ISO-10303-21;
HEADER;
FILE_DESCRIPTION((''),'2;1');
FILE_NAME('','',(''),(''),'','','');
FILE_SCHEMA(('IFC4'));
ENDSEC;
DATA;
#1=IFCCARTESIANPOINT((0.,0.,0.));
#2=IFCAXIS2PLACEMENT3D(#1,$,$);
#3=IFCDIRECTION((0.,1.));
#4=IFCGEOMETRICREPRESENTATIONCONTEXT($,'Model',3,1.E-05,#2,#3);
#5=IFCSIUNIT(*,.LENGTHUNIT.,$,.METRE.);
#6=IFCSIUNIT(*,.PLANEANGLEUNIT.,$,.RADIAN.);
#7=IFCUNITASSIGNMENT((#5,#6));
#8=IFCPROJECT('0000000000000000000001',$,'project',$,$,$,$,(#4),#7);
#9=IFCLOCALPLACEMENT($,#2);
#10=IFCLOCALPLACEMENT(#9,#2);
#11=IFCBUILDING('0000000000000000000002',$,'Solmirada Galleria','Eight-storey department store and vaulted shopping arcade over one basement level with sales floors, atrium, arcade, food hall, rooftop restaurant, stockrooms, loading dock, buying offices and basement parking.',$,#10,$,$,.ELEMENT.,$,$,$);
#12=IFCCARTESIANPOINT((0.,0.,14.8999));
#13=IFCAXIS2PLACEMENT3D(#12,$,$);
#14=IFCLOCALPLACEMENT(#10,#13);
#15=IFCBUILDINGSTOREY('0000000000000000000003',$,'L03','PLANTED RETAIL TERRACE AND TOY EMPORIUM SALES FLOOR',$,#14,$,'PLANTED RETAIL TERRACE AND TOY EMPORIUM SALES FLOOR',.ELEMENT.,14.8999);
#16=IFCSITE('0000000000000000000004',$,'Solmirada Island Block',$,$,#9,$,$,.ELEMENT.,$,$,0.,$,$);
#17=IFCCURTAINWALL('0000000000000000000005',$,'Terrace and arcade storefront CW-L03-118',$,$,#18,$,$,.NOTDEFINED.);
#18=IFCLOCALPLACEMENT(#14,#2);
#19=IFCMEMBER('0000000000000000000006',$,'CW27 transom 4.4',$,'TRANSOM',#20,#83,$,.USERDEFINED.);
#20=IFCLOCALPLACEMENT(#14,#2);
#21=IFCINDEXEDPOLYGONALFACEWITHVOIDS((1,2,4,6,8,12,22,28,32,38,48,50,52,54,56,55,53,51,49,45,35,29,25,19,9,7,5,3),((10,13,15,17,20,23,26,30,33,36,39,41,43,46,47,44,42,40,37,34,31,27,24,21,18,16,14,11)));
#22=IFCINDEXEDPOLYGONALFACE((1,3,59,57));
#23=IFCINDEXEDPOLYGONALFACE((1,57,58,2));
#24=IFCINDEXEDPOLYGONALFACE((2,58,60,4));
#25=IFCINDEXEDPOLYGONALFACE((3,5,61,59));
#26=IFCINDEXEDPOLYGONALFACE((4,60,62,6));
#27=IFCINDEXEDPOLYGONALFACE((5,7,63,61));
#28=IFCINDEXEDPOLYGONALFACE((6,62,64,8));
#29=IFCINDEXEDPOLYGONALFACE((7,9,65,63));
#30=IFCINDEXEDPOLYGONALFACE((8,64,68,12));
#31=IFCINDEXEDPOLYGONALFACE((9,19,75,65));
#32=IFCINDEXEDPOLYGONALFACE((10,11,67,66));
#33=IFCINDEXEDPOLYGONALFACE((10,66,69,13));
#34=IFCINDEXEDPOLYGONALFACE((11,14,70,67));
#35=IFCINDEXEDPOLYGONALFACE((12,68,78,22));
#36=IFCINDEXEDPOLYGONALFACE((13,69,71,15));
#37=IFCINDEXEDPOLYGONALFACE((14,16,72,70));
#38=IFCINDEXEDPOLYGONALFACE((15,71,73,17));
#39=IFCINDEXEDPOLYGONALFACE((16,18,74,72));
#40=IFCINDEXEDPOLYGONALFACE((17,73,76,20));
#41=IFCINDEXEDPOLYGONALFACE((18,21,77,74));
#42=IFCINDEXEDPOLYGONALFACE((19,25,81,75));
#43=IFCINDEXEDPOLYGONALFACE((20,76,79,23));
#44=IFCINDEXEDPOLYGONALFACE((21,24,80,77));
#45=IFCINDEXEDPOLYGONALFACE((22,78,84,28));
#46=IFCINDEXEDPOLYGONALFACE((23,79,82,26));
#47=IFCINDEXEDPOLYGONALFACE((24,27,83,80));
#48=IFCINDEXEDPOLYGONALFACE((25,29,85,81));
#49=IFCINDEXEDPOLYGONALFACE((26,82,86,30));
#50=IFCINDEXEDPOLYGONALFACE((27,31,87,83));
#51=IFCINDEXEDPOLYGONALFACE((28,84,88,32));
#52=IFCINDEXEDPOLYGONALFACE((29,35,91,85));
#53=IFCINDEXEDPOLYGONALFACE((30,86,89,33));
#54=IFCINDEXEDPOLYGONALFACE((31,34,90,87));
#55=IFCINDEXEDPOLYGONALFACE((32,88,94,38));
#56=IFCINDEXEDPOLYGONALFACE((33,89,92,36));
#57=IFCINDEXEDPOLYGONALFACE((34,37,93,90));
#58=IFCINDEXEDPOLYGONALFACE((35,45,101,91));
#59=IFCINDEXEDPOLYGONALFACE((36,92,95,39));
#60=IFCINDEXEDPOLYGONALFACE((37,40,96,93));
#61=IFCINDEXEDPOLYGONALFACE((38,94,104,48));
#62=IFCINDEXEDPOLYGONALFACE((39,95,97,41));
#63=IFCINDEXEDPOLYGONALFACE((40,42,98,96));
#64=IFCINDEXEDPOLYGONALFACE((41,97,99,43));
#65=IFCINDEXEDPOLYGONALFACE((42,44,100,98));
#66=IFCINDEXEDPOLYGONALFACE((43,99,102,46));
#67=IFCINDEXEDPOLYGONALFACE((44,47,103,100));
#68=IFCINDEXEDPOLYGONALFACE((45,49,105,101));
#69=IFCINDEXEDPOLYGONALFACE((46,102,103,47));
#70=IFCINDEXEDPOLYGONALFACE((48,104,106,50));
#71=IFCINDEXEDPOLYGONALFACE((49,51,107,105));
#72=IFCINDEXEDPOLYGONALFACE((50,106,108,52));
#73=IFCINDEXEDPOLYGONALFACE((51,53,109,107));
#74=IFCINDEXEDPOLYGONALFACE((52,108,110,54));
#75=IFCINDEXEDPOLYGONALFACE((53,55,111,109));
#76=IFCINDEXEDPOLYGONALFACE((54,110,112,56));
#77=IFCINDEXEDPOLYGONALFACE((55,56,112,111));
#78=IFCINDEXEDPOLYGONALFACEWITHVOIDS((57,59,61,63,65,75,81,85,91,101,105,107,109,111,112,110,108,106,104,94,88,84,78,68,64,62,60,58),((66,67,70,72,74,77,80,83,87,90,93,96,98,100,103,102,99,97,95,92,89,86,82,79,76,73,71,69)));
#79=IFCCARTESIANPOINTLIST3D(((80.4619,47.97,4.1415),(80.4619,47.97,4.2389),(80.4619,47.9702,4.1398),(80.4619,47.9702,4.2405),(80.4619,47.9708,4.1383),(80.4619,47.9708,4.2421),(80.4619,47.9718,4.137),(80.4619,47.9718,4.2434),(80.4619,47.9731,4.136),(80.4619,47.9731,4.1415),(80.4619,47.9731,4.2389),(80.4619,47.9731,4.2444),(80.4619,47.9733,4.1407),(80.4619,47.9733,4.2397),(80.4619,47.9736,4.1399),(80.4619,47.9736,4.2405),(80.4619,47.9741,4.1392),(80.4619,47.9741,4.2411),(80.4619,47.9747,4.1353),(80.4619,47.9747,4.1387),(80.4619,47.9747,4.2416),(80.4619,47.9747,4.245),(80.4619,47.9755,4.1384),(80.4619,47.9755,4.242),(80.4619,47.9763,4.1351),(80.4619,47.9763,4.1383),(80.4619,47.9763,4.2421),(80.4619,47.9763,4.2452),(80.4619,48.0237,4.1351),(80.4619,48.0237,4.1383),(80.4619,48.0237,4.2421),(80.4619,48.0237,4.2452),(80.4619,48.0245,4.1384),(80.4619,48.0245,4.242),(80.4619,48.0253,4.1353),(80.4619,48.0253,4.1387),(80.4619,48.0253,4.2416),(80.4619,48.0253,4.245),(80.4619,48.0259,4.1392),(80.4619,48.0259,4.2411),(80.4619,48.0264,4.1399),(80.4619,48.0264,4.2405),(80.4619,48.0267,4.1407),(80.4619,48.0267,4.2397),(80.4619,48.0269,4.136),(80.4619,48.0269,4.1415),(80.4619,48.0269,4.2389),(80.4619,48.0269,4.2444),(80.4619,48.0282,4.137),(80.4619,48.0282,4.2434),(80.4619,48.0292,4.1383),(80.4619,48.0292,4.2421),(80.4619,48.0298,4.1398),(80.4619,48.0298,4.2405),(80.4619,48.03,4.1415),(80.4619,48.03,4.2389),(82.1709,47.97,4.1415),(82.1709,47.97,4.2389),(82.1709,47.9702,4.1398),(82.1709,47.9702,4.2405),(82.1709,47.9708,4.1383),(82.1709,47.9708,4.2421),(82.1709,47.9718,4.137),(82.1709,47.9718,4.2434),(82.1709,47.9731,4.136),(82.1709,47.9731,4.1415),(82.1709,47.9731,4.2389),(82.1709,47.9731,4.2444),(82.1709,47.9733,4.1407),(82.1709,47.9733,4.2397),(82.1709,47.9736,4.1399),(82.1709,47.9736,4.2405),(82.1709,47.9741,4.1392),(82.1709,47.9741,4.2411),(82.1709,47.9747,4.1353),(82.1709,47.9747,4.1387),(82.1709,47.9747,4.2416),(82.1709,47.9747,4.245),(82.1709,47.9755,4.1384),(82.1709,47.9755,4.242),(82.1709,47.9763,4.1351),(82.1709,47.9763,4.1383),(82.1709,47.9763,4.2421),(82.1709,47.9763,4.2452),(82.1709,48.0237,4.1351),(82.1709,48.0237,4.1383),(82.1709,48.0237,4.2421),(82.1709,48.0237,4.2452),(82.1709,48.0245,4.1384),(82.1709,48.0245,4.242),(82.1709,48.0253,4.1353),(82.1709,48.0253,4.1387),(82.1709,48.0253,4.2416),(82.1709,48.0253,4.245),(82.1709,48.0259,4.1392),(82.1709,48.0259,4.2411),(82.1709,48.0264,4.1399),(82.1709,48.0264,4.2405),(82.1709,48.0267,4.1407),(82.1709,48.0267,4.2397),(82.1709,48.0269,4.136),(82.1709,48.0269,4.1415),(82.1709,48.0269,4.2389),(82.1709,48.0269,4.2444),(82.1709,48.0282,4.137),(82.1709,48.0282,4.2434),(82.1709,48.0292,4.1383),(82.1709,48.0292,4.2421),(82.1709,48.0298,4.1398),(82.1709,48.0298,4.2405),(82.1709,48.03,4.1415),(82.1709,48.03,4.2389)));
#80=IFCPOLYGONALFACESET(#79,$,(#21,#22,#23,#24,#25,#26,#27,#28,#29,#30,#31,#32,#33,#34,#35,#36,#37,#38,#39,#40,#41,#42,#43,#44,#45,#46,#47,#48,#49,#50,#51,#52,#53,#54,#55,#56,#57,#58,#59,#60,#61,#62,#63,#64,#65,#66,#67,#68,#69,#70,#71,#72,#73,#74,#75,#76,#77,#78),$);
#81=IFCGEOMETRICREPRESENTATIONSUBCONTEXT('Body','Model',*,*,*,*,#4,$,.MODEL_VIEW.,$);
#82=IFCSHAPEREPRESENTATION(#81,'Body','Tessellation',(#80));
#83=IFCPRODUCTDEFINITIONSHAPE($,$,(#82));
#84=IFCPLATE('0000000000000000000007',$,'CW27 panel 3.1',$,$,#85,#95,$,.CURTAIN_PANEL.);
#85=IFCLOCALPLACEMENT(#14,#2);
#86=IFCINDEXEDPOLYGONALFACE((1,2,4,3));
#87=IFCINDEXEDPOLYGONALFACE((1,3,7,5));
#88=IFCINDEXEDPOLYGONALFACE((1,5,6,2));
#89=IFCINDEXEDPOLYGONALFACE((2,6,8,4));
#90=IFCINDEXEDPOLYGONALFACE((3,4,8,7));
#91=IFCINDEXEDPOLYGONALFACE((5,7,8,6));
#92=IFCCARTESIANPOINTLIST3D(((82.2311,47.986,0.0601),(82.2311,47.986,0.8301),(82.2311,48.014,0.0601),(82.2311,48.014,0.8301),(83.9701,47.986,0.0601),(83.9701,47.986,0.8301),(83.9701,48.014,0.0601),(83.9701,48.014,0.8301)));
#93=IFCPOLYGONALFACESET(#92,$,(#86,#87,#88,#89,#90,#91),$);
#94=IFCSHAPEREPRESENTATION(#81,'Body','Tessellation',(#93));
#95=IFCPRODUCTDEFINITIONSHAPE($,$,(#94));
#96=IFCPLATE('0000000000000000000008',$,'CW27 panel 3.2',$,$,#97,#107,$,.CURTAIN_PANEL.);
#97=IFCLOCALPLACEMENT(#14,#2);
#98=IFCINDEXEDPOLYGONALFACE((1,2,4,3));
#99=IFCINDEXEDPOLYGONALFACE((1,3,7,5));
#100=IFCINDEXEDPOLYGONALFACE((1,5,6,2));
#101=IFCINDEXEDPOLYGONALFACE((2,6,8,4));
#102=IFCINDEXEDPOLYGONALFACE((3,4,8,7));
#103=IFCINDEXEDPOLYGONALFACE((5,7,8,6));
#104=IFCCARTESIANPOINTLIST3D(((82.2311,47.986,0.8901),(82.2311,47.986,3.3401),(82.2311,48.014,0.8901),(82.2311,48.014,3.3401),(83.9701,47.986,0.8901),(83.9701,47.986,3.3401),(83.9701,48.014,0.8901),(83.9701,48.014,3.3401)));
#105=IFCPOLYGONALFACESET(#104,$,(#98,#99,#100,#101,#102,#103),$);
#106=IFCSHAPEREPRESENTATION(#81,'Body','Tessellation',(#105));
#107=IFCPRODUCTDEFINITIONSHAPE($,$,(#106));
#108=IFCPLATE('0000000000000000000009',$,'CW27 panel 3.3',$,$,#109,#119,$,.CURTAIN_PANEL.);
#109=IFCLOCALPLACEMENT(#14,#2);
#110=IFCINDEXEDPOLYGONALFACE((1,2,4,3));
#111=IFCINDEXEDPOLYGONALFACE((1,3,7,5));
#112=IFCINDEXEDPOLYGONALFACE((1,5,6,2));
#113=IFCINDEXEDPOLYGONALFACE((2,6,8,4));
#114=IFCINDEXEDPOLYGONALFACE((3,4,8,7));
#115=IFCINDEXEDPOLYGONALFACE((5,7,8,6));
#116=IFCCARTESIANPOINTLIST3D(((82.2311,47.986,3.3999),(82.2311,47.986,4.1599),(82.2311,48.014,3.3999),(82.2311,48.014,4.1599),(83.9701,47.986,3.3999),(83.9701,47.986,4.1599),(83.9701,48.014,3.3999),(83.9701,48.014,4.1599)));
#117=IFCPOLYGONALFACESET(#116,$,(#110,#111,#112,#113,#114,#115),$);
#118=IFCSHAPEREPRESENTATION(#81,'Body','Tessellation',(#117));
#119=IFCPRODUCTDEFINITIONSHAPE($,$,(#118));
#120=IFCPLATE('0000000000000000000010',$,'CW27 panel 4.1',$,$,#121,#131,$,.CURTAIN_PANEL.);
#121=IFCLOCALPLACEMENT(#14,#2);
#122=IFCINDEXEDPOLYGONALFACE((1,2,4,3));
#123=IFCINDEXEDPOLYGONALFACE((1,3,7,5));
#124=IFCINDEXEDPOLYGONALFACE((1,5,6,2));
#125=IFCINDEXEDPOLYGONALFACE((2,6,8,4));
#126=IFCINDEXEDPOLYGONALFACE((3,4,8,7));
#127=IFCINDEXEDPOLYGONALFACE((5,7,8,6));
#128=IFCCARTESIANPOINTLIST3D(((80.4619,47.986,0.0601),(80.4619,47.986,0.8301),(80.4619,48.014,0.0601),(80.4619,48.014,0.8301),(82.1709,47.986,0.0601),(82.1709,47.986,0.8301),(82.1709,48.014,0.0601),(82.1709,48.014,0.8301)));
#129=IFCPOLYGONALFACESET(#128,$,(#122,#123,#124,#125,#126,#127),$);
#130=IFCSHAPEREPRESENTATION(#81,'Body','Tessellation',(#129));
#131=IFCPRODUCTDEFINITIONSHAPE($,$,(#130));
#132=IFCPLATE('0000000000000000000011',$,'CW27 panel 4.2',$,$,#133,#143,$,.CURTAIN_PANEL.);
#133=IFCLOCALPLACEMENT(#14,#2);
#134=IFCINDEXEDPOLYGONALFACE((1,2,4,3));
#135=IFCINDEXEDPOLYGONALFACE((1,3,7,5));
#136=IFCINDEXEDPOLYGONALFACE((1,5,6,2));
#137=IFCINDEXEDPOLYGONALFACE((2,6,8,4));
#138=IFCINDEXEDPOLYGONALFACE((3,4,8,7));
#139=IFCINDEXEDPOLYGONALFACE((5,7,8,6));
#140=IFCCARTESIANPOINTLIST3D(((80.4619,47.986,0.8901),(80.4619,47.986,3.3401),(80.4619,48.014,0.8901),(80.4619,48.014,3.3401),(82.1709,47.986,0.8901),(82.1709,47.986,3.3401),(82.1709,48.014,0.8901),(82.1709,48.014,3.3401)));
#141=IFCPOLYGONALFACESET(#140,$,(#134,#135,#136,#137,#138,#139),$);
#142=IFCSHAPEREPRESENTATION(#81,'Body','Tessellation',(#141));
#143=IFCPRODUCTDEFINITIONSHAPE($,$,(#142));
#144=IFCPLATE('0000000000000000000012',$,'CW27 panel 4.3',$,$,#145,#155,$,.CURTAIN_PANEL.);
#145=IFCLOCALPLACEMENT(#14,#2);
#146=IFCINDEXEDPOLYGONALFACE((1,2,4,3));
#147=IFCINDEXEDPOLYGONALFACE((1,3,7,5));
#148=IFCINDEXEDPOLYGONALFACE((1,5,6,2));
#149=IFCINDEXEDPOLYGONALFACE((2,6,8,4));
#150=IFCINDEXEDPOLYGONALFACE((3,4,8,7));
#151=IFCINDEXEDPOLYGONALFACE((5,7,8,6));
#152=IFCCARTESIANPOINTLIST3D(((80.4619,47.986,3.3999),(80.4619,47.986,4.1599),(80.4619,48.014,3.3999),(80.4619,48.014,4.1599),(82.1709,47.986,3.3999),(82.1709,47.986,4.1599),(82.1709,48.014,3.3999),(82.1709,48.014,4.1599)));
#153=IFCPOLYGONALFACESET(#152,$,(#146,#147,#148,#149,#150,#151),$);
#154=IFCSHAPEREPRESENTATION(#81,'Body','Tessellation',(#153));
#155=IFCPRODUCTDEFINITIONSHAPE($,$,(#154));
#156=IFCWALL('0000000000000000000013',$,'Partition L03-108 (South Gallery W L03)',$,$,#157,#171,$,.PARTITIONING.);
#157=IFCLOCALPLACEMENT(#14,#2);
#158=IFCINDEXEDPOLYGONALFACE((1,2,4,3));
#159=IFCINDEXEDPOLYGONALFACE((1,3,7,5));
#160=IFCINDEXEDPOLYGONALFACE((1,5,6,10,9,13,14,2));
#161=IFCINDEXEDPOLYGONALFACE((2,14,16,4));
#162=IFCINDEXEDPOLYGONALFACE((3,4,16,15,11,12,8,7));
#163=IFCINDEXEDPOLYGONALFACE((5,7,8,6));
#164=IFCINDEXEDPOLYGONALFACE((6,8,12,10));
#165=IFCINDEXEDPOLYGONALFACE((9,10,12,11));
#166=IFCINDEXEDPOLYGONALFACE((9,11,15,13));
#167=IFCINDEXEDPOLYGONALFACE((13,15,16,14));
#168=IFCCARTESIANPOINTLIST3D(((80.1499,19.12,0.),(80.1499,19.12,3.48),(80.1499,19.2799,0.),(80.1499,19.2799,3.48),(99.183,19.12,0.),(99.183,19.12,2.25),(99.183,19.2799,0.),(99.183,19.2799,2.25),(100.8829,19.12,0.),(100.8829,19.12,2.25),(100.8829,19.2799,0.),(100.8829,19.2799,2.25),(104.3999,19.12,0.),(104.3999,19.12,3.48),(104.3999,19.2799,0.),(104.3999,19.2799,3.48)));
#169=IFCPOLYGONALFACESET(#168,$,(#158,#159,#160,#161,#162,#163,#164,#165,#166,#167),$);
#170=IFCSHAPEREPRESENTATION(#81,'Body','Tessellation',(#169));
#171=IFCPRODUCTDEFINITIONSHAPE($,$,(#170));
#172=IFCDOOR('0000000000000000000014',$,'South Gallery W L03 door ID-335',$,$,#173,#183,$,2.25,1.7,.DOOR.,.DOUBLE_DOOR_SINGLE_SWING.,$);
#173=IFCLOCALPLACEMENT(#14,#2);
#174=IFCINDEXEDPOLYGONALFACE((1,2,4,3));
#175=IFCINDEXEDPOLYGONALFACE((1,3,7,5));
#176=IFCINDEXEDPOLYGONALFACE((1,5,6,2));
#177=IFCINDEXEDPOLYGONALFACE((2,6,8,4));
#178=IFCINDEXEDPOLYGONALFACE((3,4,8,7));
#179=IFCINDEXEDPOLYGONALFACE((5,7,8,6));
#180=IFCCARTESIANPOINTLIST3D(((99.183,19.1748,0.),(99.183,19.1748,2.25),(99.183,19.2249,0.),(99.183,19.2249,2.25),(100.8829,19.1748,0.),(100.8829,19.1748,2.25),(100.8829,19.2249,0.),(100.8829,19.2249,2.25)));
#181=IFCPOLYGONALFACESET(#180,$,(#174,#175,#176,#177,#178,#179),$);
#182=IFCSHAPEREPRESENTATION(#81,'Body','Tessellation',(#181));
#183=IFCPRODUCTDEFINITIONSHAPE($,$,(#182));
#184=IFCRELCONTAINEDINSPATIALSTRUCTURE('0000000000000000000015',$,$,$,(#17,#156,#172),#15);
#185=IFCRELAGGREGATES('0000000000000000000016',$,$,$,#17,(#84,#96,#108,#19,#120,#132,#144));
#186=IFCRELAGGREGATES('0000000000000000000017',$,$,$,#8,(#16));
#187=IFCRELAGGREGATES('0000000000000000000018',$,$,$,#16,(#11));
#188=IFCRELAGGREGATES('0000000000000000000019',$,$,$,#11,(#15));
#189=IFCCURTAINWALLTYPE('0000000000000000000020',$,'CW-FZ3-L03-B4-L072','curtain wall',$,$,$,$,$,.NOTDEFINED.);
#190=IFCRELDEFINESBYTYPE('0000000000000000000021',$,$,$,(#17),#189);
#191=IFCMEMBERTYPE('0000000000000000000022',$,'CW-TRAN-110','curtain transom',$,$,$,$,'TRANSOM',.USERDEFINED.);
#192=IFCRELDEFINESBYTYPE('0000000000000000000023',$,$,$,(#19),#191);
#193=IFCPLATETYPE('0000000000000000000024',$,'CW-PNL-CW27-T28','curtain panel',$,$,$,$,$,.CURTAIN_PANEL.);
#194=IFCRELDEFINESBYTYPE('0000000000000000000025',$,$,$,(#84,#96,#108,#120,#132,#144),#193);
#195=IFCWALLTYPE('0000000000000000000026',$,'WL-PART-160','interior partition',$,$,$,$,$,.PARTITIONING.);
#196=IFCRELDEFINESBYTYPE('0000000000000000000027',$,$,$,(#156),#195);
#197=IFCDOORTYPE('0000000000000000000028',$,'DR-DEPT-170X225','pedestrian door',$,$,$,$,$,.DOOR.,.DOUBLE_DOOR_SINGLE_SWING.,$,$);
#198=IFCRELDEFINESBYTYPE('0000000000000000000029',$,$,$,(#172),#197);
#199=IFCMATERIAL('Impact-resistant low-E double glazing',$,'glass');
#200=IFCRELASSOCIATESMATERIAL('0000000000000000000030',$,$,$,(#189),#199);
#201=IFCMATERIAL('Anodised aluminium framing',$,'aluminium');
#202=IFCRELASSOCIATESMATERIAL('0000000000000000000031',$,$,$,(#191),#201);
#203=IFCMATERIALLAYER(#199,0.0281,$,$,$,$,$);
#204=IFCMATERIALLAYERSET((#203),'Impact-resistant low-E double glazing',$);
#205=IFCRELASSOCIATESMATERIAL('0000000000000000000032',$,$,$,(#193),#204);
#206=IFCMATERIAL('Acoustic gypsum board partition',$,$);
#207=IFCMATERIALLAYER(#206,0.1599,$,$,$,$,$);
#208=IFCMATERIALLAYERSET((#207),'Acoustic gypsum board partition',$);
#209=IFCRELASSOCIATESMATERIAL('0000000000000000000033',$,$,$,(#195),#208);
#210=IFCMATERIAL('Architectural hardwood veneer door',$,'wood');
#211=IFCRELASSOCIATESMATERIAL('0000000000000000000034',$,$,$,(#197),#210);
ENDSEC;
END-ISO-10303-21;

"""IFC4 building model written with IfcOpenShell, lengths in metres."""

from ifc_helpers import new_model, si_unit, direction, frame, frame_2d, origin, origin_2d, place, context, subcontext, project, spatial, rectangle, hollow_rectangle, extrude, material, layer, layer_set, material_profile, profile_set, type_object, element, fill, aggregate, save


model = new_model("IFC4")

# Units and contexts
model_context = context("Model", 3, precision=1e-05, world=origin(), true_north=direction((0.0, 1.0)))
body_context = subcontext(model_context, "Body", "Model", "MODEL_VIEW")
ifc_project = project(units=[si_unit("LENGTHUNIT", "METRE"), si_unit("PLANEANGLEUNIT", "RADIAN")], contexts=[model_context])

# Site, building, storey
site_placement = place(None, origin())
site = spatial("IfcSite", under=ifc_project, at=site_placement, Name="Solmirada Island Block", CompositionType="ELEMENT", RefElevation=0.0)
building_placement = place(site_placement, origin())
building = spatial("IfcBuilding", under=site, at=building_placement, Name="Solmirada Galleria", Description="Eight-storey department store and vaulted shopping arcade over one basement level with sales floors, atrium, arcade, food hall, rooftop restaurant, stockrooms, loading dock, buying offices and basement parking.", CompositionType="ELEMENT")
storey_placement = place(building_placement, frame((0.0, 0.0, 14.8999)))
storey = spatial("IfcBuildingStorey", under=building, at=storey_placement, Name="L03", Description="PLANTED RETAIL TERRACE AND TOY EMPORIUM SALES FLOOR", LongName="PLANTED RETAIL TERRACE AND TOY EMPORIUM SALES FLOOR", CompositionType="ELEMENT", Elevation=14.8999)

# Curtain wall, member, plates
ifc_material_1 = material(Name="Impact-resistant low-E double glazing", Category="glass")
curtain_wall_type = type_object("IfcCurtainWallType", Name="CW-FZ3-L03-B4-L072", Description="curtain wall", PredefinedType="NOTDEFINED", material=ifc_material_1)
curtain_wall_placement = place(storey_placement, origin())
curtain_wall = element("IfcCurtainWall", 1, at=curtain_wall_placement, inside=storey, type_object=curtain_wall_type, Name="Terrace and arcade storefront CW-L03-118", PredefinedType="NOTDEFINED")
ifc_material_2 = material(Name="Anodised aluminium framing", Category="aluminium")
ifc_material_profile_1 = material_profile(ifc_material_2, hollow_rectangle(XDim=0.0601, YDim=0.1101, WallThickness=0.0032, InnerFilletRadius=0.0032, OuterFilletRadius=0.0063, at=origin_2d()), Name="ALU-TRAN-110X60")
ifc_profile_set_1 = profile_set([ifc_material_profile_1], Name="Anodised aluminium framing")
member_type_1 = type_object("IfcMemberType", Name="CW-TRAN-110", Description="curtain transom", ElementType="TRANSOM", PredefinedType="USERDEFINED", material=ifc_profile_set_1)
member_1_placement = place(storey_placement, frame((82.1709, 48.0, 4.1902), z_axis=(-1.0, 0.0, 0.0), x_axis=(0.0, -1.0, 0.0)))
member_1 = element("IfcMember", 2, at=member_1_placement, type_object=member_type_1, Name="CW27 transom 4.4", ObjectType="TRANSOM", PredefinedType="USERDEFINED", context=body_context, shape_type="SweptSolid", body=[
    extrude(hollow_rectangle(XDim=0.0601, YDim=0.1101, WallThickness=0.0032, InnerFilletRadius=0.0032, OuterFilletRadius=0.0063, at=origin_2d()), origin(), (0.0, 0.0, 1.0), 1.709),
])
ifc_layer_1 = layer(ifc_material_1, 0.0281)
ifc_layer_set_1 = layer_set([ifc_layer_1], Name="Impact-resistant low-E double glazing")
plate_type = type_object("IfcPlateType", Name="CW-PNL-CW27-T28", Description="curtain panel", PredefinedType="CURTAIN_PANEL", material=ifc_layer_set_1)
plate_1_placement = place(storey_placement, frame((83.1006, 48.0, 0.0601), z_axis=(0.0, 0.0, 1.0), x_axis=(-1.0, 0.0, 0.0)))
plate_1 = element("IfcPlate", 3, at=plate_1_placement, type_object=plate_type, Name="CW27 panel 3.1", PredefinedType="CURTAIN_PANEL", context=body_context, shape_type="SweptSolid", body=[
    extrude(rectangle(XDim=1.739, YDim=0.0281, at=origin_2d()), origin(), (0.0, 0.0, 1.0), 0.77),
])
plate_2_placement = place(storey_placement, frame((83.1006, 48.0, 0.8901), z_axis=(0.0, 0.0, 1.0), x_axis=(-1.0, 0.0, 0.0)))
plate_2 = element("IfcPlate", 4, at=plate_2_placement, type_object=plate_type, Name="CW27 panel 3.2", PredefinedType="CURTAIN_PANEL", context=body_context, shape_type="SweptSolid", body=[
    extrude(rectangle(XDim=1.739, YDim=0.0281, at=origin_2d()), origin(), (0.0, 0.0, 1.0), 2.45),
])
plate_3_placement = place(storey_placement, frame((83.1006, 48.0, 3.3999), z_axis=(0.0, 0.0, 1.0), x_axis=(-1.0, 0.0, 0.0)))
plate_3 = element("IfcPlate", 5, at=plate_3_placement, type_object=plate_type, Name="CW27 panel 3.3", PredefinedType="CURTAIN_PANEL", context=body_context, shape_type="SweptSolid", body=[
    extrude(rectangle(XDim=1.739, YDim=0.0281, at=origin_2d()), origin(), (0.0, 0.0, 1.0), 0.76),
])
plate_4_placement = place(storey_placement, frame((81.3164, 48.0, 0.0601), z_axis=(0.0, 0.0, 1.0), x_axis=(-1.0, 0.0, 0.0)))
plate_4 = element("IfcPlate", 6, at=plate_4_placement, type_object=plate_type, Name="CW27 panel 4.1", PredefinedType="CURTAIN_PANEL", context=body_context, shape_type="SweptSolid", body=[
    extrude(rectangle(XDim=1.709, YDim=0.0281, at=origin_2d()), origin(), (0.0, 0.0, 1.0), 0.77),
])
plate_5_placement = place(storey_placement, frame((81.3164, 48.0, 0.8901), z_axis=(0.0, 0.0, 1.0), x_axis=(-1.0, 0.0, 0.0)))
plate_5 = element("IfcPlate", 7, at=plate_5_placement, type_object=plate_type, Name="CW27 panel 4.2", PredefinedType="CURTAIN_PANEL", context=body_context, shape_type="SweptSolid", body=[
    extrude(rectangle(XDim=1.709, YDim=0.0281, at=origin_2d()), origin(), (0.0, 0.0, 1.0), 2.45),
])
plate_6_placement = place(storey_placement, frame((81.3164, 48.0, 3.3999), z_axis=(0.0, 0.0, 1.0), x_axis=(-1.0, 0.0, 0.0)))
plate_6 = element("IfcPlate", 8, at=plate_6_placement, type_object=plate_type, Name="CW27 panel 4.3", PredefinedType="CURTAIN_PANEL", context=body_context, shape_type="SweptSolid", body=[
    extrude(rectangle(XDim=1.709, YDim=0.0281, at=origin_2d()), origin(), (0.0, 0.0, 1.0), 0.76),
])
aggregate(curtain_wall, [plate_1, plate_2, plate_3, member_1, plate_4, plate_5, plate_6])

# Wall, opening, door
ifc_material_3 = material(Name="Acoustic gypsum board partition")
ifc_layer_2 = layer(ifc_material_3, 0.1599)
ifc_layer_set_2 = layer_set([ifc_layer_2], Name="Acoustic gypsum board partition")
wall_type = type_object("IfcWallType", Name="WL-PART-160", Description="interior partition", PredefinedType="PARTITIONING", material=ifc_layer_set_2)
wall_placement = place(storey_placement, frame((80.1499, 19.2, 0.0), z_axis=(0.0, 0.0, 1.0), x_axis=(1.0, 0.0, 0.0)))
wall = element("IfcWall", 9, at=wall_placement, inside=storey, type_object=wall_type, Name="Partition L03-108 (South Gallery W L03)", PredefinedType="PARTITIONING", context=body_context, shape_type="SweptSolid", body=[
    extrude(rectangle(XDim=24.25, YDim=0.1599, at=frame_2d((12.125, 0.0))), origin(), (0.0, 0.0, 1.0), 3.48),
])
opening_placement = place(wall_placement, frame((19.033, 0.0, 0.0)))
opening = element("IfcOpeningElement", 10, at=opening_placement, cuts=wall, PredefinedType="OPENING", context=body_context, shape_type="SweptSolid", body=[
    extrude(rectangle(XDim=1.7, YDim=2.25, at=frame_2d((0.8501, 1.125))), frame((0.0, 0.0898, 0.0), z_axis=(0.0, -1.0, 0.0), x_axis=(1.0, 0.0, 0.0)), (0.0, 0.0, 1.0), 0.1799),
])
ifc_material_4 = material(Name="Architectural hardwood veneer door", Category="wood")
door_type = type_object("IfcDoorType", Name="DR-DEPT-170X225", Description="pedestrian door", OperationType="DOUBLE_DOOR_SINGLE_SWING", PredefinedType="DOOR", material=ifc_material_4)
door_placement = place(opening_placement, origin())
door = element("IfcDoor", 11, at=door_placement, inside=storey, type_object=door_type, Name="South Gallery W L03 door ID-335", OperationType="DOUBLE_DOOR_SINGLE_SWING", OverallHeight=2.25, OverallWidth=1.7, PredefinedType="DOOR", context=body_context, shape_type="SweptSolid", body=[
    extrude(rectangle(XDim=1.7, YDim=2.25, at=frame_2d((0.8501, 1.125))), frame((0.0, 0.0249, 0.0), z_axis=(0.0, -1.0, 0.0), x_axis=(1.0, 0.0, 0.0)), (0.0, 0.0, 1.0), 0.05),
])
fill(opening, door)

save(model, "model.ifc")
